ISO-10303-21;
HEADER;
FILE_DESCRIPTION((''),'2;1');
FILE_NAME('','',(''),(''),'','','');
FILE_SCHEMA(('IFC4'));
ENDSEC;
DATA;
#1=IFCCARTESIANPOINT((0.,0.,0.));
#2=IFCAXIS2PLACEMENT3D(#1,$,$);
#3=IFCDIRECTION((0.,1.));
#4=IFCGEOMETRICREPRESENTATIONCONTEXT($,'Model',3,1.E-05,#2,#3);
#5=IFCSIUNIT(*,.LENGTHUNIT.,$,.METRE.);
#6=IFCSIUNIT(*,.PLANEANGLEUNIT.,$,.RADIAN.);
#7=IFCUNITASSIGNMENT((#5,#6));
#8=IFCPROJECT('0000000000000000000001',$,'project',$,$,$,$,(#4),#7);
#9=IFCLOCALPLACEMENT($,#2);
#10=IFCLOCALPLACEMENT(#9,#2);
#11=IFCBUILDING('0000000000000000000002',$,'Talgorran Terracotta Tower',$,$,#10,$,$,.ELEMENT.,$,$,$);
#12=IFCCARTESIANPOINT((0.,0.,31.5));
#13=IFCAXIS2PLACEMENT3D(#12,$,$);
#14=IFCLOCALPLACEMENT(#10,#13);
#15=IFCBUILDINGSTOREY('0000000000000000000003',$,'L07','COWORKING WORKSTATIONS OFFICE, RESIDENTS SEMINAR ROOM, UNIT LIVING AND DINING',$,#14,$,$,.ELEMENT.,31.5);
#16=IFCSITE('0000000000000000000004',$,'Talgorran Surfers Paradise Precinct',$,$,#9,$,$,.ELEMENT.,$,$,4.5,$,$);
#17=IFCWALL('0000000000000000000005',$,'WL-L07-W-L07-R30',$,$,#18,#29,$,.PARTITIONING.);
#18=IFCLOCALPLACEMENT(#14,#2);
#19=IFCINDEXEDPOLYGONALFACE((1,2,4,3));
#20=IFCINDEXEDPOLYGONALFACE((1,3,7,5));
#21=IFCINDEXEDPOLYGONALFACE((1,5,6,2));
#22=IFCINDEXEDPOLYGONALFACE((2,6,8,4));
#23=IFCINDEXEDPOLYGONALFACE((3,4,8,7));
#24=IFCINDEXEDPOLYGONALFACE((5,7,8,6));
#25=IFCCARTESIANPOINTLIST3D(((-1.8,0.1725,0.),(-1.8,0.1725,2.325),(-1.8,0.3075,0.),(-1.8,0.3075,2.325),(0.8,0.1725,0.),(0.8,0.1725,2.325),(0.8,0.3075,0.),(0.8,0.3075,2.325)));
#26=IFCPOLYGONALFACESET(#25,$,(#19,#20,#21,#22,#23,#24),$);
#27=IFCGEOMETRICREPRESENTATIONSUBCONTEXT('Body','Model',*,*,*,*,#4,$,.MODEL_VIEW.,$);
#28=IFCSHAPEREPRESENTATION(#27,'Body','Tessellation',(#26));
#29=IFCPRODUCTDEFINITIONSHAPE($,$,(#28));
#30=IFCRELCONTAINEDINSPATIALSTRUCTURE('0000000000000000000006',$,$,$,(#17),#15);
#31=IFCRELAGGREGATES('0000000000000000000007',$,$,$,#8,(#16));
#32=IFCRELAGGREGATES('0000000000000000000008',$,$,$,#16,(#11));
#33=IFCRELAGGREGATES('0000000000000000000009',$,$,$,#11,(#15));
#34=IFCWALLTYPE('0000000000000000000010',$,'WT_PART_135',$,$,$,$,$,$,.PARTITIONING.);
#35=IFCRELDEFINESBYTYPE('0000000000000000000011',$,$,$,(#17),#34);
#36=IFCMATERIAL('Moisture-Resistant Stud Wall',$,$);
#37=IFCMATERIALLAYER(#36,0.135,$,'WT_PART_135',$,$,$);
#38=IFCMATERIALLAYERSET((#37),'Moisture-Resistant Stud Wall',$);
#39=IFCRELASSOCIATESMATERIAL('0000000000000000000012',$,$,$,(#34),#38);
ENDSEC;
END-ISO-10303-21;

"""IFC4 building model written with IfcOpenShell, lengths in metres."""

from ifc_helpers import new_model, si_unit, direction, frame, frame_2d, origin, place, context, subcontext, project, spatial, rectangle, extrude, material, layer, layer_set, type_object, element, save


model = new_model("IFC4")

# Units and contexts
model_context = context("Model", 3, precision=1e-05, world=origin(), true_north=direction((0.0, 1.0)))
body_context = subcontext(model_context, "Body", "Model", "MODEL_VIEW")
ifc_project = project(units=[si_unit("LENGTHUNIT", "METRE"), si_unit("PLANEANGLEUNIT", "RADIAN")], contexts=[model_context])

# Site, building, storey
site_placement = place(None, origin())
site = spatial("IfcSite", under=ifc_project, at=site_placement, Name="Talgorran Surfers Paradise Precinct", CompositionType="ELEMENT", RefElevation=4.5)
building_placement = place(site_placement, origin())
building = spatial("IfcBuilding", under=site, at=building_placement, Name="Talgorran Terracotta Tower", CompositionType="ELEMENT")
storey_placement = place(building_placement, frame((0.0, 0.0, 31.5)))
storey = spatial("IfcBuildingStorey", under=building, at=storey_placement, Name="L07", Description="COWORKING WORKSTATIONS OFFICE, RESIDENTS SEMINAR ROOM, UNIT LIVING AND DINING", CompositionType="ELEMENT", Elevation=31.5)

# Wall
ifc_material_1 = material(Name="Moisture-Resistant Stud Wall")
ifc_layer_1 = layer(ifc_material_1, 0.135, Name="WT_PART_135")
ifc_layer_set_1 = layer_set([ifc_layer_1], Name="Moisture-Resistant Stud Wall")
wall_type_1 = type_object("IfcWallType", Name="WT_PART_135", PredefinedType="PARTITIONING", material=ifc_layer_set_1)
wall_1_placement = place(storey_placement, frame((-1.8, 0.24, 0.0), z_axis=(0.0, 0.0, 1.0), x_axis=(1.0, 0.0, 0.0)))
element("IfcWall", 1, at=wall_1_placement, inside=storey, type_object=wall_type_1, Name="WL-L07-W-L07-R30", PredefinedType="PARTITIONING", context=body_context, shape_type="SweptSolid", body=[
    extrude(rectangle(XDim=2.6001, YDim=0.135, at=frame_2d((1.3, 0.0))), origin(), (0.0, 0.0, 1.0), 2.325),
])

save(model, "model.ifc")
